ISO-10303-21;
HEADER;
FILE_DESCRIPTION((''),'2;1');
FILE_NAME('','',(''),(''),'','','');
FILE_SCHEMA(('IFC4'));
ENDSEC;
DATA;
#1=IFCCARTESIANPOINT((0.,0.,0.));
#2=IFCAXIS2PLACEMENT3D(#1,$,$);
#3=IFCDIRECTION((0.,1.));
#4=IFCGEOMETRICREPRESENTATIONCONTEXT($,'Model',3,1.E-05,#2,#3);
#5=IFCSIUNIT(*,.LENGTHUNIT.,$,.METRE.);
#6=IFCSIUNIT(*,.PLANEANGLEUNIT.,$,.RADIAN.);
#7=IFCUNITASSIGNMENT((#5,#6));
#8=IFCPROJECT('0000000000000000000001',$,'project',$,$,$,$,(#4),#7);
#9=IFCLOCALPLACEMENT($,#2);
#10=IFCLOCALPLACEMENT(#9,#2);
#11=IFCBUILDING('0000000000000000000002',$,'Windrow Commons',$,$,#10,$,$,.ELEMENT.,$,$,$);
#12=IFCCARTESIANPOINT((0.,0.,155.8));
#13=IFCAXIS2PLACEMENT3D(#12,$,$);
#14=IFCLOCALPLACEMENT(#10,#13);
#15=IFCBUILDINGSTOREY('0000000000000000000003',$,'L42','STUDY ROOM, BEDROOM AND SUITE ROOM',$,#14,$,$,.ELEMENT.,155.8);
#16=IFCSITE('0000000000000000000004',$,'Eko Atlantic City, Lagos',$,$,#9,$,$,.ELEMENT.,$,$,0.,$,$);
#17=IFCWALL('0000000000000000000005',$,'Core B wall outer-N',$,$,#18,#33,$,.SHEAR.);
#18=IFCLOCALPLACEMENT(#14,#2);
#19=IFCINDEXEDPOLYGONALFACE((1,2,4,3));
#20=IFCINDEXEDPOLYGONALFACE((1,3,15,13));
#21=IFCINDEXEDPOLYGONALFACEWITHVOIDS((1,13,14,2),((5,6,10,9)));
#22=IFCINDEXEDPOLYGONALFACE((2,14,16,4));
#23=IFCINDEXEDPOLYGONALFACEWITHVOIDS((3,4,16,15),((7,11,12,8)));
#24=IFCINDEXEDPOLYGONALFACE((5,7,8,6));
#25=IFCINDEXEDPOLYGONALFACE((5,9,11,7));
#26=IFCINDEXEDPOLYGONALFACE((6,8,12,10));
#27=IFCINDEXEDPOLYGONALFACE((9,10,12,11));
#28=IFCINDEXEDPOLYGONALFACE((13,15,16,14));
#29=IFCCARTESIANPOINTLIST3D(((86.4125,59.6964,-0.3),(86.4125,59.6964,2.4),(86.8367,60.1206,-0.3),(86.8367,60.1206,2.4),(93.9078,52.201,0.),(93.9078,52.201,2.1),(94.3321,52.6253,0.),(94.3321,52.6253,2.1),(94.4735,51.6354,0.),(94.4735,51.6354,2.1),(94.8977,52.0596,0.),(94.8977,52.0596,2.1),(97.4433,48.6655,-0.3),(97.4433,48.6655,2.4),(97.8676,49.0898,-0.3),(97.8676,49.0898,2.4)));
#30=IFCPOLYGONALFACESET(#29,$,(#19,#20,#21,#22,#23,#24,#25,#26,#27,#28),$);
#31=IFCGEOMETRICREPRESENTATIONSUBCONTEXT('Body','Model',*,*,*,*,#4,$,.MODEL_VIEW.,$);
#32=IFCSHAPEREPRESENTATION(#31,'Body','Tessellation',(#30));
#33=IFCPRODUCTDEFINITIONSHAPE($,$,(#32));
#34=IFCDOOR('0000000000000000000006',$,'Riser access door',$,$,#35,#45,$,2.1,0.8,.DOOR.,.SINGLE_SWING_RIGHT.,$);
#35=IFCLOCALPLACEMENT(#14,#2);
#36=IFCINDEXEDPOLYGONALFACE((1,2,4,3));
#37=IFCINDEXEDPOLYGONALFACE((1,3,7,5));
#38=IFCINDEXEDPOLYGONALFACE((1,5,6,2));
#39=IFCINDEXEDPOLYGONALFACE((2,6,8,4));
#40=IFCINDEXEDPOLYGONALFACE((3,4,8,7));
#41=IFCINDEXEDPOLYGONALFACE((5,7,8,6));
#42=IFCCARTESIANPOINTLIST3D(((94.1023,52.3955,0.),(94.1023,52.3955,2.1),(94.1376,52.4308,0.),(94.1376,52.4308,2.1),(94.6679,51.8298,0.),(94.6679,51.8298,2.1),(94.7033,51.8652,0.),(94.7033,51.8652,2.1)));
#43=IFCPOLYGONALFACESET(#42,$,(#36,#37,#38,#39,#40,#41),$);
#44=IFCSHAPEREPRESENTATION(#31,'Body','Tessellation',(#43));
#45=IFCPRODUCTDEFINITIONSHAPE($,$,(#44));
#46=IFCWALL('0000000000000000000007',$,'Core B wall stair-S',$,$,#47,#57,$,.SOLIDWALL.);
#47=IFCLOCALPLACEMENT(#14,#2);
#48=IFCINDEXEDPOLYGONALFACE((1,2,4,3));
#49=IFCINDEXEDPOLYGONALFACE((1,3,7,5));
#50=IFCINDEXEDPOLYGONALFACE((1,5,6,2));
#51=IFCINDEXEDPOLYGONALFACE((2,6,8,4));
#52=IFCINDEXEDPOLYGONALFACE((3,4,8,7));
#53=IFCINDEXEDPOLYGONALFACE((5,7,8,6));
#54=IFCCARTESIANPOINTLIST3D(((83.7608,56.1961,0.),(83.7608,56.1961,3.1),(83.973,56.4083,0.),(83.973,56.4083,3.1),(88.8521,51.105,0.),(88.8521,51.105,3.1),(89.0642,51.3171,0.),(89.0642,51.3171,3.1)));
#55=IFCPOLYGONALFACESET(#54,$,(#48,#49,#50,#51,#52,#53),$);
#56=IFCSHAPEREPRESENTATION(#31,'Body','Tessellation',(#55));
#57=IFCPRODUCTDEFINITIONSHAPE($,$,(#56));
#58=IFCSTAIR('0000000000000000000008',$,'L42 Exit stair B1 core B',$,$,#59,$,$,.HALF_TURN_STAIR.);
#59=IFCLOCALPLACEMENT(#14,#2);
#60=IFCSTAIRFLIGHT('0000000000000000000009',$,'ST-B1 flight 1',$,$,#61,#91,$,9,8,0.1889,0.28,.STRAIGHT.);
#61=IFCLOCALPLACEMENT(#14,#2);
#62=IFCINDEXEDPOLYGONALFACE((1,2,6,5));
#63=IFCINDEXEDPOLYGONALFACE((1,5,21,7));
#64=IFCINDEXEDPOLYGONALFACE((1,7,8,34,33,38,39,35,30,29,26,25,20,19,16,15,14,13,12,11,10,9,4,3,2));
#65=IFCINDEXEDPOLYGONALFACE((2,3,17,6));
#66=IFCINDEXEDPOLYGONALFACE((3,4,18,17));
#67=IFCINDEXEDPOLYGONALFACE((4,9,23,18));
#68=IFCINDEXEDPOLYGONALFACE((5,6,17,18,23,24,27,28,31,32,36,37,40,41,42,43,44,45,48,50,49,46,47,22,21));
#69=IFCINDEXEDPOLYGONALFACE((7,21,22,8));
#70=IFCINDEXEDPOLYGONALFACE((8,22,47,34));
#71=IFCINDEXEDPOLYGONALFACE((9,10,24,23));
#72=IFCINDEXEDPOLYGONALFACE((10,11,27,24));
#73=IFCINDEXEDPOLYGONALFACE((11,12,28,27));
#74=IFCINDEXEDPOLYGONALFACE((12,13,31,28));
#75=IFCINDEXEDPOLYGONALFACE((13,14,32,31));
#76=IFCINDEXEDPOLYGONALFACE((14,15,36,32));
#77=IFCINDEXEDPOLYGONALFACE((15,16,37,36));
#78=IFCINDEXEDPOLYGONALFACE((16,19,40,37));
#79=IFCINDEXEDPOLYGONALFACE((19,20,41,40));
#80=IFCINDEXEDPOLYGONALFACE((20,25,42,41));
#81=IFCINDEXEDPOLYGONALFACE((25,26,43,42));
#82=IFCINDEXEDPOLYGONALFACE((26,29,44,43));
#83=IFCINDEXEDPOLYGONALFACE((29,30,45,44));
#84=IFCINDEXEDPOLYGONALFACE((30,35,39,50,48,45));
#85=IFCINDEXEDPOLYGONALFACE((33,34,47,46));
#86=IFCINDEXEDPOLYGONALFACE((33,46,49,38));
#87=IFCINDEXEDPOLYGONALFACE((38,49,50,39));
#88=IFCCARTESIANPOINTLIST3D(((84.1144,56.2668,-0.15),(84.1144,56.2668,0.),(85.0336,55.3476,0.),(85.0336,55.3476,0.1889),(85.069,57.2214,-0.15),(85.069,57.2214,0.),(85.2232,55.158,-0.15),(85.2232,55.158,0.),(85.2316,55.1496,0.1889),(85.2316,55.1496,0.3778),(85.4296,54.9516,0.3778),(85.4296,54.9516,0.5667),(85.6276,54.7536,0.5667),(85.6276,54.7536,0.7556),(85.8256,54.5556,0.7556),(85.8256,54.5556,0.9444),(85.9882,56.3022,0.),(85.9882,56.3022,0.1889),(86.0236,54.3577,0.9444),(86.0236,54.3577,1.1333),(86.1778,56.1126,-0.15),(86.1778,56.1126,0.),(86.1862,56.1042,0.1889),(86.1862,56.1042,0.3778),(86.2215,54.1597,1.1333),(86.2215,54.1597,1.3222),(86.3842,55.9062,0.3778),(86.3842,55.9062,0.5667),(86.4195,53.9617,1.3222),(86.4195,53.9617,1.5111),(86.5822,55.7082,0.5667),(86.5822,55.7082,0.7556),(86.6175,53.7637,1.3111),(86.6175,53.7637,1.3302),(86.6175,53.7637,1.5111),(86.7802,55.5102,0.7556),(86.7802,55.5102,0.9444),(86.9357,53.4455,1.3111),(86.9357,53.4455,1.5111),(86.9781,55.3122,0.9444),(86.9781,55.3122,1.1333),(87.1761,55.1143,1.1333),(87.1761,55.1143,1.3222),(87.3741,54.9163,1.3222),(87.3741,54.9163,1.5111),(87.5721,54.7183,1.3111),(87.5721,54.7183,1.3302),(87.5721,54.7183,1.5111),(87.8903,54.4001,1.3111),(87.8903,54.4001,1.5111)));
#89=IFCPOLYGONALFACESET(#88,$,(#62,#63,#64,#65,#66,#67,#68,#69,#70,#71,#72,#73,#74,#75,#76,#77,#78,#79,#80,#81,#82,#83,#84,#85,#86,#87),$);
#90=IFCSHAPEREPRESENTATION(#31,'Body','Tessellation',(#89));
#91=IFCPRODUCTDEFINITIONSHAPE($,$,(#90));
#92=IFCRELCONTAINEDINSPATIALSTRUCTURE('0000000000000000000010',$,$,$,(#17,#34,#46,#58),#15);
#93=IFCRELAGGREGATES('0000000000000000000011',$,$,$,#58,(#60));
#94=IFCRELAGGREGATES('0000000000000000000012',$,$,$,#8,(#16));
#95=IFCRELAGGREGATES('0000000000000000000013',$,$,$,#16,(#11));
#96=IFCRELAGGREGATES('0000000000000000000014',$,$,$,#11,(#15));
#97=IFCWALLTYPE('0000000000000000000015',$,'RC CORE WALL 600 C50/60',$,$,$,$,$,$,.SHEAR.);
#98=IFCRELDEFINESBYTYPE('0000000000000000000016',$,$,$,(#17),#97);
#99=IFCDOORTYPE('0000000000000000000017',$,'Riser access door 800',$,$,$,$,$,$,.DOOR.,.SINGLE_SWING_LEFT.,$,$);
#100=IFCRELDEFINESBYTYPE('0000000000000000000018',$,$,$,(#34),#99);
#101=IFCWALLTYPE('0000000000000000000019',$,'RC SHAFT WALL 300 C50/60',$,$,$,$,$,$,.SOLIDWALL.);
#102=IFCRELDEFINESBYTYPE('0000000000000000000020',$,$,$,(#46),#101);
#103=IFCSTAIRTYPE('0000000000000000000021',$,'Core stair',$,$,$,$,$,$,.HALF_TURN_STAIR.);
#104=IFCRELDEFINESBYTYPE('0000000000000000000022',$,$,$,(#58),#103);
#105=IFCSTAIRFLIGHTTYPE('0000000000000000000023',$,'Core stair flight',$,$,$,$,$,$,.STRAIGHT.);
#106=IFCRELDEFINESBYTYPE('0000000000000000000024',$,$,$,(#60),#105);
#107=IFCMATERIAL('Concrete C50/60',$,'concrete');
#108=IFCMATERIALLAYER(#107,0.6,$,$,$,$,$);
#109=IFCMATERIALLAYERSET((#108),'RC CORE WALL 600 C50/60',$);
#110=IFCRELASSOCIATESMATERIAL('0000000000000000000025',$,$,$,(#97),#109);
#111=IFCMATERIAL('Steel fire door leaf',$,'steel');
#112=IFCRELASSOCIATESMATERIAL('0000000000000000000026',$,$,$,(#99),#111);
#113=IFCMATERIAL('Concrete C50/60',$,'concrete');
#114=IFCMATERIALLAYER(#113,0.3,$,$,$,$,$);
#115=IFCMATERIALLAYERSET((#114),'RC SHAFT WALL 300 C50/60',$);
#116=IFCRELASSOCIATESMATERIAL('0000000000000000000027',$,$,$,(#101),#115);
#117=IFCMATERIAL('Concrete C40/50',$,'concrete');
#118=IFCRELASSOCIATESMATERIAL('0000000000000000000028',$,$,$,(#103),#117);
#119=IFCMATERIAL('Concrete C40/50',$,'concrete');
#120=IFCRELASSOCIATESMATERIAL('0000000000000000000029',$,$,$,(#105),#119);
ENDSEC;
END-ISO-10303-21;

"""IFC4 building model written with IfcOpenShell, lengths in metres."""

from ifc_helpers import new_model, si_unit, direction, frame, frame_2d, origin, place, context, subcontext, project, spatial, polyline, rectangle, outline, extrude, material, layer, layer_set, type_object, element, fill, aggregate, save


model = new_model("IFC4")

# Units and contexts
model_context = context("Model", 3, precision=1e-05, world=origin(), true_north=direction((0.0, 1.0)))
body_context = subcontext(model_context, "Body", "Model", "MODEL_VIEW")
ifc_project = project(units=[si_unit("LENGTHUNIT", "METRE"), si_unit("PLANEANGLEUNIT", "RADIAN")], contexts=[model_context])

# Site, building, storey
site_placement = place(None, origin())
site = spatial("IfcSite", under=ifc_project, at=site_placement, Name="Eko Atlantic City, Lagos", CompositionType="ELEMENT", RefElevation=0.0)
building_placement = place(site_placement, origin())
building = spatial("IfcBuilding", under=site, at=building_placement, Name="Windrow Commons", CompositionType="ELEMENT")
storey_placement = place(building_placement, frame((0.0, 0.0, 155.8)))
storey = spatial("IfcBuildingStorey", under=building, at=storey_placement, Name="L42", Description="STUDY ROOM, BEDROOM AND SUITE ROOM", CompositionType="ELEMENT", Elevation=155.8)

# Wall, opening, door
ifc_material_1 = material(Name="Concrete C50/60", Category="concrete")
ifc_layer_1 = layer(ifc_material_1, 0.6)
ifc_layer_set_1 = layer_set([ifc_layer_1], Name="RC CORE WALL 600 C50/60")
wall_type_1 = type_object("IfcWallType", Name="RC CORE WALL 600 C50/60", PredefinedType="SHEAR", material=ifc_layer_set_1)
wall_1_placement = place(storey_placement, frame((86.6246, 59.9085, -0.3), z_axis=(0.0, 0.0, 1.0), x_axis=(0.707107, -0.707107, 0.0)))
wall_1 = element("IfcWall", 1, at=wall_1_placement, inside=storey, type_object=wall_type_1, Name="Core B wall outer-N", PredefinedType="SHEAR", context=body_context, shape_type="SweptSolid", body=[
    extrude(rectangle(XDim=15.6, YDim=0.6, at=frame_2d((7.8, 0.0))), origin(), (0.0, 0.0, 1.0), 2.7),
])
opening_1_placement = place(wall_1_placement, frame((10.6, 0.0, 0.3)))
opening_1 = element("IfcOpeningElement", 2, at=opening_1_placement, cuts=wall_1, PredefinedType="OPENING", context=body_context, shape_type="SweptSolid", body=[
    extrude(rectangle(XDim=0.8, YDim=2.1, at=frame_2d((0.4, 1.05))), frame((0.0, 0.31, 0.0), z_axis=(0.0, -1.0, 0.0), x_axis=(1.0, 0.0, 0.0)), (0.0, 0.0, 1.0), 0.62),
])
ifc_material_2 = material(Name="Steel fire door leaf", Category="steel")
door_type_1 = type_object("IfcDoorType", Name="Riser access door 800", OperationType="SINGLE_SWING_LEFT", PredefinedType="DOOR", material=ifc_material_2)
door_1_placement = place(opening_1_placement, origin())
door_1 = element("IfcDoor", 3, at=door_1_placement, inside=storey, type_object=door_type_1, Name="Riser access door", OperationType="SINGLE_SWING_RIGHT", OverallHeight=2.1, OverallWidth=0.8, PredefinedType="DOOR", context=body_context, shape_type="SweptSolid", body=[
    extrude(rectangle(XDim=0.8, YDim=2.1, at=frame_2d((0.4, 1.05))), frame((0.0, 0.025, 0.0), z_axis=(0.0, -1.0, 0.0), x_axis=(1.0, 0.0, 0.0)), (0.0, 0.0, 1.0), 0.05),
])
fill(opening_1, door_1)

# Wall
ifc_material_3 = material(Name="Concrete C50/60", Category="concrete")
ifc_layer_2 = layer(ifc_material_3, 0.3)
ifc_layer_set_2 = layer_set([ifc_layer_2], Name="RC SHAFT WALL 300 C50/60")
wall_type_2 = type_object("IfcWallType", Name="RC SHAFT WALL 300 C50/60", PredefinedType="SOLIDWALL", material=ifc_layer_set_2)
wall_2_placement = place(storey_placement, frame((83.8669, 56.3022, 0.0), z_axis=(0.0, 0.0, 1.0), x_axis=(0.707114, -0.7071, 0.0)))
element("IfcWall", 4, at=wall_2_placement, inside=storey, type_object=wall_type_2, Name="Core B wall stair-S", PredefinedType="SOLIDWALL", context=body_context, shape_type="SweptSolid", body=[
    extrude(rectangle(XDim=7.2, YDim=0.3, at=frame_2d((3.6, 0.0))), origin(), (0.0, 0.0, 1.0), 3.1),
])

# Stair, stair flight
ifc_material_4 = material(Name="Concrete C40/50", Category="concrete")
stair_type = type_object("IfcStairType", Name="Core stair", PredefinedType="HALF_TURN_STAIR", material=ifc_material_4)
stair_placement = place(storey_placement, origin())
stair = element("IfcStair", 5, at=stair_placement, inside=storey, type_object=stair_type, Name="L42 Exit stair B1 core B", PredefinedType="HALF_TURN_STAIR")
ifc_material_5 = material(Name="Concrete C40/50", Category="concrete")
stair_flight_type = type_object("IfcStairFlightType", Name="Core stair flight", PredefinedType="STRAIGHT", material=ifc_material_5)
stair_flight_placement = place(storey_placement, frame((85.5109, 55.8249, 0.0), z_axis=(0.0, 0.0, 1.0), x_axis=(0.707107, -0.707107, 0.0)))
stair_flight = element("IfcStairFlight", 6, at=stair_flight_placement, type_object=stair_flight_type, Name="ST-B1 flight 1", NumberOfRisers=9, NumberOfTreads=8, PredefinedType="STRAIGHT", RiserHeight=0.1889, TreadLength=0.28, context=body_context, shape_type="SweptSolid", body=[
    extrude(outline(polyline([(-1.3, -0.15), (-1.3, 0.0), (0.0, 0.0), (0.0, 0.1889), (0.28, 0.1889), (0.28, 0.3778), (0.56, 0.3778), (0.56, 0.5667), (0.84, 0.5667), (0.84, 0.7556), (1.12, 0.7556), (1.12, 0.9444), (1.4, 0.9444), (1.4, 1.1333), (1.68, 1.1333), (1.68, 1.3222), (1.96, 1.3222), (1.96, 1.5111), (2.24, 1.5111), (2.69, 1.5111), (2.69, 1.3111), (2.24, 1.3111), (2.24, 1.3302), (0.2682, 0.0), (0.2682, -0.15), (-1.3, -0.15)])), frame((0.0, 0.675, 0.0), z_axis=(0.0, -1.0, 0.0), x_axis=(1.0, 0.0, 0.0)), (0.0, 0.0, 1.0), 1.35),
])
aggregate(stair, [stair_flight])

save(model, "model.ifc")
